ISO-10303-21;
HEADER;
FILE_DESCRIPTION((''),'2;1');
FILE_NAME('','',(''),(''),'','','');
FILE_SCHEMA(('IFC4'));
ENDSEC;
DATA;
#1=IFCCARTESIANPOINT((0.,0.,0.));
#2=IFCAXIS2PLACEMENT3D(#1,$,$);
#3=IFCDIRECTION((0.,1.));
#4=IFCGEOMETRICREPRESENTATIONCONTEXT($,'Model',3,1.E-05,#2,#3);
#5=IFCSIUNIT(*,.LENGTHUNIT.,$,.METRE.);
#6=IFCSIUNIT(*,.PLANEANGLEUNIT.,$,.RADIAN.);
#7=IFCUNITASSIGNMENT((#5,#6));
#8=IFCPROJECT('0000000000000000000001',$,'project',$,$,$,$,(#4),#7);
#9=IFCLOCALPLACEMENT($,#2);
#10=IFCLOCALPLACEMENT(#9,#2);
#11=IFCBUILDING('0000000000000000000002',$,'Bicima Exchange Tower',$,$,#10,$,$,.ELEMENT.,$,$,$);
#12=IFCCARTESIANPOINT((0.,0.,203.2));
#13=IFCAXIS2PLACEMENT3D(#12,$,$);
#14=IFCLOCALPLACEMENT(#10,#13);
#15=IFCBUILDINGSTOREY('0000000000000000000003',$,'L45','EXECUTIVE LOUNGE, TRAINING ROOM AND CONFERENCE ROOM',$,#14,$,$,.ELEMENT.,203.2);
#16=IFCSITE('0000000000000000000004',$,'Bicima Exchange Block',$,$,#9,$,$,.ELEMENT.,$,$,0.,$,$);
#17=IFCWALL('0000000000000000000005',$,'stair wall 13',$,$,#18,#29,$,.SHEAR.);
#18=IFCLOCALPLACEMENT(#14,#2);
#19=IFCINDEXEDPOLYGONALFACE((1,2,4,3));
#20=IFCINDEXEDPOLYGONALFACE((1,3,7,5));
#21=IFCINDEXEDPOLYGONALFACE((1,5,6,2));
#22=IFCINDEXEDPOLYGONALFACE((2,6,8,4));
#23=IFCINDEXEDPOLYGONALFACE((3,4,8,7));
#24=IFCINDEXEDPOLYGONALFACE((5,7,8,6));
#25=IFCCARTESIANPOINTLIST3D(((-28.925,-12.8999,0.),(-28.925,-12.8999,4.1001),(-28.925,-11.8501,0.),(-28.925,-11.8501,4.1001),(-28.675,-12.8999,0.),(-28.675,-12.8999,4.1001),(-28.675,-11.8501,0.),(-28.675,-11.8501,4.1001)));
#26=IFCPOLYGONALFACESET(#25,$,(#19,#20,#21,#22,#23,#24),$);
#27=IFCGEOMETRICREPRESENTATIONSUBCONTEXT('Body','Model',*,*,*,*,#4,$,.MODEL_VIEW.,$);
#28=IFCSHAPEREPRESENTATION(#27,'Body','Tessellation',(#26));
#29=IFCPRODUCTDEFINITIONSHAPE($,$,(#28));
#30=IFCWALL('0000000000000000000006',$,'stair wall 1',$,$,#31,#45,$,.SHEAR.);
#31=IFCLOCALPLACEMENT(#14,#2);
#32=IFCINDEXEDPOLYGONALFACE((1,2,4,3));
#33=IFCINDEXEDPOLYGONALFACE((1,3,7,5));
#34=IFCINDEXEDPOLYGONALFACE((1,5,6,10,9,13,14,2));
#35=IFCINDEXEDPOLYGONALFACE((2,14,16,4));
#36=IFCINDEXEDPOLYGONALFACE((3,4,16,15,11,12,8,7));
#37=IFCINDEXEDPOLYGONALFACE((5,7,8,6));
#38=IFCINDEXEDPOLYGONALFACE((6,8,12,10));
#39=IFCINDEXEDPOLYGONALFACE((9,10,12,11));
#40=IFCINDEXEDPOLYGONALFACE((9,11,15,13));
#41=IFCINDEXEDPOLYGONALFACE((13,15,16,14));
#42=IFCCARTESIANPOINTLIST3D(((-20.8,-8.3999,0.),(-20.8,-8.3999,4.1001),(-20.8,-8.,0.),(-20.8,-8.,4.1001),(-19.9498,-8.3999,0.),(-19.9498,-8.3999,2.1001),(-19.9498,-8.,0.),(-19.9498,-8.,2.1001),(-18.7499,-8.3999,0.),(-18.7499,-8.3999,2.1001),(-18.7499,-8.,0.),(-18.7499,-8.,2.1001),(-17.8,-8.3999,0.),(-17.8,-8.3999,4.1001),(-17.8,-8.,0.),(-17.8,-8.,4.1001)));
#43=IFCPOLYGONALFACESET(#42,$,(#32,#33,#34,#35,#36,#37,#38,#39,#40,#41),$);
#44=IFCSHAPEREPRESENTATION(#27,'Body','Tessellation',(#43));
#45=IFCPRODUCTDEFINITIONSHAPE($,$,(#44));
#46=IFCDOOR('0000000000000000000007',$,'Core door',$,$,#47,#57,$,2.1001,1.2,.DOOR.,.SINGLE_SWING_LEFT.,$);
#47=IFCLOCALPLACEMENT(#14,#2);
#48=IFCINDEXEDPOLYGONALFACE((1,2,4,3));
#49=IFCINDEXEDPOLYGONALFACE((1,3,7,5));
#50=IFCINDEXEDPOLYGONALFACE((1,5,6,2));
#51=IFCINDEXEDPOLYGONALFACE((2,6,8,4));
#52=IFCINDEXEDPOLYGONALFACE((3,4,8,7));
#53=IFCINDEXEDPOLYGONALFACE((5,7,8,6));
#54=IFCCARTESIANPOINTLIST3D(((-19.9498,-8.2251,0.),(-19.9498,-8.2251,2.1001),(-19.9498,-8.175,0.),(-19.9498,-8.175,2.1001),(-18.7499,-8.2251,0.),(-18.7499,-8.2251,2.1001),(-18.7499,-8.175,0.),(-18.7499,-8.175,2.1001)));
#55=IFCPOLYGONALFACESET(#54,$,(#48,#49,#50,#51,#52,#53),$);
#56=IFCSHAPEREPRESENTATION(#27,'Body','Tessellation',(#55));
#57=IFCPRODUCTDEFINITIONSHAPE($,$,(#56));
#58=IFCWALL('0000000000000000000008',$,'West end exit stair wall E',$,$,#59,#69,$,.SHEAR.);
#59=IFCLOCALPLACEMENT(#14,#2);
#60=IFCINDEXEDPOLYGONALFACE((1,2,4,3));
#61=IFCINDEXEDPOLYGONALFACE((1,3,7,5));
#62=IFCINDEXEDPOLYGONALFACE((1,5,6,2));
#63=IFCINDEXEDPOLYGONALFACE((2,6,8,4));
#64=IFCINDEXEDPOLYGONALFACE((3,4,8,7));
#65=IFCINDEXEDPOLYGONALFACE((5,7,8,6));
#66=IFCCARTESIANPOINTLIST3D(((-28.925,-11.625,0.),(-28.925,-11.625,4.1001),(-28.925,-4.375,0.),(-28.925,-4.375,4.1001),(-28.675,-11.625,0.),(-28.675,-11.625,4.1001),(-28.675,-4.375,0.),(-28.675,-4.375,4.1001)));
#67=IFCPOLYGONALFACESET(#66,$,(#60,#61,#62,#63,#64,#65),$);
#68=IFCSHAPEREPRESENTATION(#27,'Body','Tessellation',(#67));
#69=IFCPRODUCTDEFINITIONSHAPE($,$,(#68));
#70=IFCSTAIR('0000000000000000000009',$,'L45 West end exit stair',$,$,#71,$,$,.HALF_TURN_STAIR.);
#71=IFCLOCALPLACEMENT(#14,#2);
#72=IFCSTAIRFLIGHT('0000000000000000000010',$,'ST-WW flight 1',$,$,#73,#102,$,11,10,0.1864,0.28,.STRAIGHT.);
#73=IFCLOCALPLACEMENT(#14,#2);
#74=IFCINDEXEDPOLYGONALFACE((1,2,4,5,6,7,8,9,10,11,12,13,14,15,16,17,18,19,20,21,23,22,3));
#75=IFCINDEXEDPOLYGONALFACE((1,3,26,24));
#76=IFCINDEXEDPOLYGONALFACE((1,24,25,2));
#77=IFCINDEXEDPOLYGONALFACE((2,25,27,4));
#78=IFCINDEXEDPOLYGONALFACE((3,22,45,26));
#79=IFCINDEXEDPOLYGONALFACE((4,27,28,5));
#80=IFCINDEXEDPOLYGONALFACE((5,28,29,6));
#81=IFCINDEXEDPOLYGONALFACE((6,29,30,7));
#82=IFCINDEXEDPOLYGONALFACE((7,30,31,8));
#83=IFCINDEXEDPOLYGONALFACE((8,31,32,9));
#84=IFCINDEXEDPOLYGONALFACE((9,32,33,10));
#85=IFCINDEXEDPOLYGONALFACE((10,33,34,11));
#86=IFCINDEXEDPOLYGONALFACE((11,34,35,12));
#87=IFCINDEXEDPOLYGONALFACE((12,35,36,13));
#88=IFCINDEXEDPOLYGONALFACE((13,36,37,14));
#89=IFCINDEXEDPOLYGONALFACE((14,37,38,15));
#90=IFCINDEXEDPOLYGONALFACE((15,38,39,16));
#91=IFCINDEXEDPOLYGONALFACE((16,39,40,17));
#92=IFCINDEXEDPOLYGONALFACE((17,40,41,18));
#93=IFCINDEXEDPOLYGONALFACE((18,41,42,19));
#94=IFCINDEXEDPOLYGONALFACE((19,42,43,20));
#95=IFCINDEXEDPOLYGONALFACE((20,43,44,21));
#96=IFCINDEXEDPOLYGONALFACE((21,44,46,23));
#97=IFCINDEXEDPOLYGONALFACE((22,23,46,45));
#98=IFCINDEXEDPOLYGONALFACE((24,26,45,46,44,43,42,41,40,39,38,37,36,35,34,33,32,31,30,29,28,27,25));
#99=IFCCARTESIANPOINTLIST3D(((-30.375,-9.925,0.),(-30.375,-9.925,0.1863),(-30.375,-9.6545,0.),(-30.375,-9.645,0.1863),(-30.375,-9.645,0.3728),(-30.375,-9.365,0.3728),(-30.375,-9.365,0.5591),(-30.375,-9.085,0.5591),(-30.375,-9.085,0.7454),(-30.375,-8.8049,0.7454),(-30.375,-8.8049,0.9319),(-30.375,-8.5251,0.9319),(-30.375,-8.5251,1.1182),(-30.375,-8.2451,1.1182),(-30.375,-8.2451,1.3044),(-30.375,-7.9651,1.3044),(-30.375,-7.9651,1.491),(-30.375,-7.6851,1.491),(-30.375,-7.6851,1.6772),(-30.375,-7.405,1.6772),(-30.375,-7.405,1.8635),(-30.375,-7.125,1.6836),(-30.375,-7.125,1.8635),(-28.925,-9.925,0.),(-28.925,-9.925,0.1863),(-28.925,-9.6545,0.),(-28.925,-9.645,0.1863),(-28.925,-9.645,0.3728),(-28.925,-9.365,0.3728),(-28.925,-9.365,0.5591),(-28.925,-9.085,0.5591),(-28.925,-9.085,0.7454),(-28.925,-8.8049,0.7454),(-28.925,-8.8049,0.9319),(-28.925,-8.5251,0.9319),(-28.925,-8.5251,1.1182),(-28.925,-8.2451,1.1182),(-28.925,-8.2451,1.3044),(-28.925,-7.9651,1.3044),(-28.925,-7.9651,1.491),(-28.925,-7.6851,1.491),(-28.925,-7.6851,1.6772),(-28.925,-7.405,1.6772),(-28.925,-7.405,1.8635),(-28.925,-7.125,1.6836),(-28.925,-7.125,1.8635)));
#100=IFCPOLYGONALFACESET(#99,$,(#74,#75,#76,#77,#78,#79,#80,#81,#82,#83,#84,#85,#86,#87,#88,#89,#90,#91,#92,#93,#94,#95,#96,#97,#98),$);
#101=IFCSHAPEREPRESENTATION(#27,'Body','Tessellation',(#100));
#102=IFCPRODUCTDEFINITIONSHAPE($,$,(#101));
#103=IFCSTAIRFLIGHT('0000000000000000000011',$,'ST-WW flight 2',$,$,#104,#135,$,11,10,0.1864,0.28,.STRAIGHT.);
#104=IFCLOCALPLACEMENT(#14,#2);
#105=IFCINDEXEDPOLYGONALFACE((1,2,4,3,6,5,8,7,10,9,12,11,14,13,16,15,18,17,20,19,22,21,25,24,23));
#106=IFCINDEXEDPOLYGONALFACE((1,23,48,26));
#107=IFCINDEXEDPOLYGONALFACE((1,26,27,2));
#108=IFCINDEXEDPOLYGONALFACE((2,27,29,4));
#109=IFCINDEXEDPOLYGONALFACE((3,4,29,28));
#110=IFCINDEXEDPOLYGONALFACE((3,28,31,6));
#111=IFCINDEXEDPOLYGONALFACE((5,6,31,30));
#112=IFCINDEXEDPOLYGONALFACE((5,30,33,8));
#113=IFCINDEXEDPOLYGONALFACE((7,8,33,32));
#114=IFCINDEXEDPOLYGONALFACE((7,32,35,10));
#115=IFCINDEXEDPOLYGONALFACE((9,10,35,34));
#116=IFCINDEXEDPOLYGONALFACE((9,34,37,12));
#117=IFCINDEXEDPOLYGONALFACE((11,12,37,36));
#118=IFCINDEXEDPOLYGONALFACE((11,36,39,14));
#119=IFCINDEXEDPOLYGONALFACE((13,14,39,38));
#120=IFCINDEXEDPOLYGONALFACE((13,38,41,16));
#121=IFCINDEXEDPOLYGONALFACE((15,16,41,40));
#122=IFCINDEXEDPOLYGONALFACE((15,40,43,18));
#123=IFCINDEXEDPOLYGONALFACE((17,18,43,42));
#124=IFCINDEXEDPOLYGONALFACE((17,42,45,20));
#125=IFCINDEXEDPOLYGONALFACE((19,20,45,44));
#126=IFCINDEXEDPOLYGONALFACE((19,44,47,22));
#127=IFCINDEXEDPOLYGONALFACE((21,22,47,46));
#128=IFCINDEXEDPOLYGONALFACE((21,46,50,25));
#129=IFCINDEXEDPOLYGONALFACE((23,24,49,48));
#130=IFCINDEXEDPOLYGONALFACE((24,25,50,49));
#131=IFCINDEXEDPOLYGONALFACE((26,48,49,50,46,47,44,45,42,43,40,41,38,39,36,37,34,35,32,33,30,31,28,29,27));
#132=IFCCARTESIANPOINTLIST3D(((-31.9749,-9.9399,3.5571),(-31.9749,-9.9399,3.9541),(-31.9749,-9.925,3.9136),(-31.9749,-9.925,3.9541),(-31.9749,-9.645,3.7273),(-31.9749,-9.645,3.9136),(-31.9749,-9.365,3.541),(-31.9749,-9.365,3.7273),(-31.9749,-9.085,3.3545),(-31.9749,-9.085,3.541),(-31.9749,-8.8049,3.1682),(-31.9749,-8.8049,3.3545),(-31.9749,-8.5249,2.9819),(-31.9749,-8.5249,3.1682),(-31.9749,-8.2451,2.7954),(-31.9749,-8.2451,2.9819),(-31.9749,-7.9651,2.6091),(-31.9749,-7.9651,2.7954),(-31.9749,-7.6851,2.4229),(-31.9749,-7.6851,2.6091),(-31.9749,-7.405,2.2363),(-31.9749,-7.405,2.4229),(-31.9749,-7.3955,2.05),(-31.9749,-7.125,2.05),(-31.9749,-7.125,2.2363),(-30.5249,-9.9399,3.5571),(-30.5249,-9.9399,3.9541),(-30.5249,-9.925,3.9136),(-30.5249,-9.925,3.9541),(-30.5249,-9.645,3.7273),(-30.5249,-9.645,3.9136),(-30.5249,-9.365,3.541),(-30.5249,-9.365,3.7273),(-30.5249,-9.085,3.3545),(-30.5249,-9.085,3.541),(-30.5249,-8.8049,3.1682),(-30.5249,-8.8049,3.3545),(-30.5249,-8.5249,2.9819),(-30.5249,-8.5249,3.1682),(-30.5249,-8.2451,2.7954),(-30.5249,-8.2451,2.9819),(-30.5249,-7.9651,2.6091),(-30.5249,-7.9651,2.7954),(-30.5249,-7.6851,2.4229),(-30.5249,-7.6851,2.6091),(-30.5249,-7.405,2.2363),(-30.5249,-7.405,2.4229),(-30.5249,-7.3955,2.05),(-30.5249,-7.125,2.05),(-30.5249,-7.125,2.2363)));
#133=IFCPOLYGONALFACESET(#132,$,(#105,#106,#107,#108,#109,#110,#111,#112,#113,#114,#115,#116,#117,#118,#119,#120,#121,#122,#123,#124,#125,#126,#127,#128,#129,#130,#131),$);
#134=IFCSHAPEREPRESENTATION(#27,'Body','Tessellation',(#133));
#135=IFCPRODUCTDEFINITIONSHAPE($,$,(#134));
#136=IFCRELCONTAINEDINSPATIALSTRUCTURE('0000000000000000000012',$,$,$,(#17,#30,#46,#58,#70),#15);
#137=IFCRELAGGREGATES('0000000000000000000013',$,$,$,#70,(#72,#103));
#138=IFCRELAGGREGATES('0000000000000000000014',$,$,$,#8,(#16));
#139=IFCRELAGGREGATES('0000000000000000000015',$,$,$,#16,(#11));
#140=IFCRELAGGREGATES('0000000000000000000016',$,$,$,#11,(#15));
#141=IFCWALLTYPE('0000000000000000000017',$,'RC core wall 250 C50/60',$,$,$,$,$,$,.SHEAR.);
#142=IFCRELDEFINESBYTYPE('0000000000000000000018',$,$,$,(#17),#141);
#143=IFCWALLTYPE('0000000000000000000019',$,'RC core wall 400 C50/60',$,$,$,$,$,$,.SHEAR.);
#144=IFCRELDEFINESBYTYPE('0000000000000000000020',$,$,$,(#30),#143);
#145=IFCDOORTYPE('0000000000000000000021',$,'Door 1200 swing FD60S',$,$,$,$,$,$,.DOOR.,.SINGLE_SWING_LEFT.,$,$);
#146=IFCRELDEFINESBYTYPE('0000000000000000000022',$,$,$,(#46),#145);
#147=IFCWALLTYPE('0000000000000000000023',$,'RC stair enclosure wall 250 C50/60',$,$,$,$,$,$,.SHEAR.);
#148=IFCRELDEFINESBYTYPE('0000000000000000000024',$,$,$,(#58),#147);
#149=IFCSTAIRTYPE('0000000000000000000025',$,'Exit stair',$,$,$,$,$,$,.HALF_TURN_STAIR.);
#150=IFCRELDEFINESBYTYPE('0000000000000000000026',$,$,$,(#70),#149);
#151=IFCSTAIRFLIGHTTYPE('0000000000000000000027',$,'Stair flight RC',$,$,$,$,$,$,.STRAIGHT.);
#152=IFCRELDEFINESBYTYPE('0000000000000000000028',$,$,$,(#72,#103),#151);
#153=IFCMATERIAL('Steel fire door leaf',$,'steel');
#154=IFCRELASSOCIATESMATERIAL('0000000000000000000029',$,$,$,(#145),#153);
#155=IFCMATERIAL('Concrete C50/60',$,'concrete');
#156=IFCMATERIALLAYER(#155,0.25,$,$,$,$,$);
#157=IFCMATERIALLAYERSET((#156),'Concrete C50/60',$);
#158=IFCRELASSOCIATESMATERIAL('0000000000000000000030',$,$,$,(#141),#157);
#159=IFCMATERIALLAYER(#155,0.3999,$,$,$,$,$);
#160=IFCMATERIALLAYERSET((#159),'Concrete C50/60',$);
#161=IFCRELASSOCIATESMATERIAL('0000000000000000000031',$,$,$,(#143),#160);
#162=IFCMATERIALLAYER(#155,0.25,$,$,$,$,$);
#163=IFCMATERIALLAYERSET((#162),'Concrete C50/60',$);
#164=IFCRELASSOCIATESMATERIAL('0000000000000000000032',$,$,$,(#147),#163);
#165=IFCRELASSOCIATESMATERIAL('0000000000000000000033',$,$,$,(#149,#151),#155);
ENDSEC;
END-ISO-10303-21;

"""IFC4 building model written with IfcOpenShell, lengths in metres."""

from ifc_helpers import new_model, si_unit, direction, frame, frame_2d, origin, place, context, subcontext, project, spatial, polyline, rectangle, outline, extrude, material, layer, layer_set, type_object, element, fill, aggregate, save


model = new_model("IFC4")

# Units and contexts
model_context = context("Model", 3, precision=1e-05, world=origin(), true_north=direction((0.0, 1.0)))
body_context = subcontext(model_context, "Body", "Model", "MODEL_VIEW")
ifc_project = project(units=[si_unit("LENGTHUNIT", "METRE"), si_unit("PLANEANGLEUNIT", "RADIAN")], contexts=[model_context])

# Site, building, storey
site_placement = place(None, origin())
site = spatial("IfcSite", under=ifc_project, at=site_placement, Name="Bicima Exchange Block", CompositionType="ELEMENT", RefElevation=0.0)
building_placement = place(site_placement, origin())
building = spatial("IfcBuilding", under=site, at=building_placement, Name="Bicima Exchange Tower", CompositionType="ELEMENT")
storey_placement = place(building_placement, frame((0.0, 0.0, 203.2)))
storey = spatial("IfcBuildingStorey", under=building, at=storey_placement, Name="L45", Description="EXECUTIVE LOUNGE, TRAINING ROOM AND CONFERENCE ROOM", CompositionType="ELEMENT", Elevation=203.2)

# Shared definitions
ifc_material_1 = material(Name="Concrete C50/60", Category="concrete")
ifc_material_2 = material(Name="Steel fire door leaf", Category="steel")
door_type_1 = type_object("IfcDoorType", Name="Door 1200 swing FD60S", OperationType="SINGLE_SWING_LEFT", PredefinedType="DOOR", material=ifc_material_2)

# Wall
ifc_layer_1 = layer(ifc_material_1, 0.25)
ifc_layer_set_1 = layer_set([ifc_layer_1], Name="Concrete C50/60")
wall_type_1 = type_object("IfcWallType", Name="RC core wall 250 C50/60", PredefinedType="SHEAR", material=ifc_layer_set_1)
wall_1_placement = place(storey_placement, frame((-28.8, -12.8999, 0.0), z_axis=(0.0, 0.0, 1.0), x_axis=(0.0, 1.0, 0.0)))
element("IfcWall", 1, at=wall_1_placement, inside=storey, type_object=wall_type_1, Name="stair wall 13", PredefinedType="SHEAR", context=body_context, shape_type="SweptSolid", body=[
    extrude(rectangle(XDim=1.0498, YDim=0.25, at=frame_2d((0.5249, 0.0))), origin(), (0.0, 0.0, 1.0), 4.1001),
])

# Wall, opening, door
ifc_layer_2 = layer(ifc_material_1, 0.3999)
ifc_layer_set_2 = layer_set([ifc_layer_2], Name="Concrete C50/60")
wall_type_2 = type_object("IfcWallType", Name="RC core wall 400 C50/60", PredefinedType="SHEAR", material=ifc_layer_set_2)
wall_2_placement = place(storey_placement, frame((-20.8, -8.2, 0.0), z_axis=(0.0, 0.0, 1.0), x_axis=(1.0, 0.0, 0.0)))
wall_2 = element("IfcWall", 2, at=wall_2_placement, inside=storey, type_object=wall_type_2, Name="stair wall 1", PredefinedType="SHEAR", context=body_context, shape_type="SweptSolid", body=[
    extrude(rectangle(XDim=3.0, YDim=0.3999, at=frame_2d((1.5, 0.0))), origin(), (0.0, 0.0, 1.0), 4.1001),
])
opening_1_placement = place(wall_2_placement, frame((0.8501, 0.0, 0.0)))
opening_1 = element("IfcOpeningElement", 3, at=opening_1_placement, cuts=wall_2, PredefinedType="OPENING", context=body_context, shape_type="SweptSolid", body=[
    extrude(rectangle(XDim=1.2, YDim=2.1001, at=frame_2d((0.6001, 1.05))), frame((0.0, 0.2119, 0.0), z_axis=(0.0, -1.0, 0.0), x_axis=(1.0, 0.0, 0.0)), (0.0, 0.0, 1.0), 0.4238),
])
door_1_placement = place(opening_1_placement, origin())
door_1 = element("IfcDoor", 4, at=door_1_placement, inside=storey, type_object=door_type_1, Name="Core door", OperationType="SINGLE_SWING_LEFT", OverallHeight=2.1001, OverallWidth=1.2, PredefinedType="DOOR", context=body_context, shape_type="SweptSolid", body=[
    extrude(rectangle(XDim=1.2, YDim=2.1001, at=frame_2d((0.6001, 1.05))), frame((0.0, 0.0249, 0.0), z_axis=(0.0, -1.0, 0.0), x_axis=(1.0, 0.0, 0.0)), (0.0, 0.0, 1.0), 0.05),
])
fill(opening_1, door_1)

# Wall
ifc_layer_3 = layer(ifc_material_1, 0.25)
ifc_layer_set_3 = layer_set([ifc_layer_3], Name="Concrete C50/60")
wall_type_3 = type_object("IfcWallType", Name="RC stair enclosure wall 250 C50/60", PredefinedType="SHEAR", material=ifc_layer_set_3)
wall_3_placement = place(storey_placement, frame((-28.8, -11.625, 0.0), z_axis=(0.0, 0.0, 1.0), x_axis=(0.0, 1.0, 0.0)))
element("IfcWall", 5, at=wall_3_placement, inside=storey, type_object=wall_type_3, Name="West end exit stair wall E", PredefinedType="SHEAR", context=body_context, shape_type="SweptSolid", body=[
    extrude(rectangle(XDim=7.25, YDim=0.25, at=frame_2d((3.625, 0.0))), origin(), (0.0, 0.0, 1.0), 4.1001),
])

# Stair, stair flights
stair_type = type_object("IfcStairType", Name="Exit stair", PredefinedType="HALF_TURN_STAIR", material=ifc_material_1)
stair_placement = place(storey_placement, origin())
stair = element("IfcStair", 6, at=stair_placement, inside=storey, type_object=stair_type, Name="L45 West end exit stair", PredefinedType="HALF_TURN_STAIR")
stair_flight_type = type_object("IfcStairFlightType", Name="Stair flight RC", PredefinedType="STRAIGHT", material=ifc_material_1)
stair_flight_1_placement = place(storey_placement, frame((-29.6499, -9.925, 0.0), z_axis=(0.0, 0.0, 1.0), x_axis=(0.0, 1.0, 0.0)))
stair_flight_1 = element("IfcStairFlight", 7, at=stair_flight_1_placement, type_object=stair_flight_type, Name="ST-WW flight 1", NumberOfRisers=11, NumberOfTreads=10, PredefinedType="STRAIGHT", RiserHeight=0.1864, TreadLength=0.28, context=body_context, shape_type="SweptSolid", body=[
    extrude(outline(polyline([(0.0, 0.0), (0.0, 0.1863), (0.28, 0.1863), (0.28, 0.3728), (0.5601, 0.3728), (0.5601, 0.5591), (0.8401, 0.5591), (0.8401, 0.7454), (1.1201, 0.7454), (1.1201, 0.9319), (1.3999, 0.9319), (1.3999, 1.1182), (1.6799, 1.1182), (1.6799, 1.3044), (1.96, 1.3044), (1.96, 1.491), (2.24, 1.491), (2.24, 1.6772), (2.52, 1.6772), (2.52, 1.8635), (2.8, 1.8635), (2.8, 2.05), (2.8, 1.6836), (0.2705, 0.0), (0.0, 0.0)])), frame((0.0, 0.7251, 0.0), z_axis=(0.0, -1.0, 0.0), x_axis=(1.0, 0.0, 0.0)), (0.0, 0.0, 1.0), 1.45),
])
stair_flight_2_placement = place(storey_placement, frame((-31.25, -7.125, 2.05), z_axis=(0.0, 0.0, 1.0), x_axis=(0.0, -1.0, 0.0)))
stair_flight_2 = element("IfcStairFlight", 8, at=stair_flight_2_placement, type_object=stair_flight_type, Name="ST-WW flight 2", NumberOfRisers=11, NumberOfTreads=10, PredefinedType="STRAIGHT", RiserHeight=0.1864, TreadLength=0.28, context=body_context, shape_type="SweptSolid", body=[
    extrude(outline(polyline([(0.0, 0.0), (0.0, 0.1863), (0.28, 0.1863), (0.28, 0.3728), (0.5601, 0.3728), (0.5601, 0.5591), (0.8401, 0.5591), (0.8401, 0.7454), (1.1201, 0.7454), (1.1201, 0.9319), (1.3999, 0.9319), (1.3999, 1.1182), (1.6799, 1.1182), (1.6799, 1.3044), (1.96, 1.3044), (1.96, 1.491), (2.24, 1.491), (2.24, 1.6772), (2.52, 1.6772), (2.52, 1.8635), (2.8, 1.8635), (2.8, 1.9041), (2.8149, 1.9041), (2.8149, 1.5071), (0.2705, 0.0), (0.0, 0.0)])), frame((0.0, 0.7251, 0.0), z_axis=(0.0, -1.0, 0.0), x_axis=(1.0, 0.0, 0.0)), (0.0, 0.0, 1.0), 1.45),
])
aggregate(stair, [stair_flight_1, stair_flight_2])

save(model, "model.ifc")
